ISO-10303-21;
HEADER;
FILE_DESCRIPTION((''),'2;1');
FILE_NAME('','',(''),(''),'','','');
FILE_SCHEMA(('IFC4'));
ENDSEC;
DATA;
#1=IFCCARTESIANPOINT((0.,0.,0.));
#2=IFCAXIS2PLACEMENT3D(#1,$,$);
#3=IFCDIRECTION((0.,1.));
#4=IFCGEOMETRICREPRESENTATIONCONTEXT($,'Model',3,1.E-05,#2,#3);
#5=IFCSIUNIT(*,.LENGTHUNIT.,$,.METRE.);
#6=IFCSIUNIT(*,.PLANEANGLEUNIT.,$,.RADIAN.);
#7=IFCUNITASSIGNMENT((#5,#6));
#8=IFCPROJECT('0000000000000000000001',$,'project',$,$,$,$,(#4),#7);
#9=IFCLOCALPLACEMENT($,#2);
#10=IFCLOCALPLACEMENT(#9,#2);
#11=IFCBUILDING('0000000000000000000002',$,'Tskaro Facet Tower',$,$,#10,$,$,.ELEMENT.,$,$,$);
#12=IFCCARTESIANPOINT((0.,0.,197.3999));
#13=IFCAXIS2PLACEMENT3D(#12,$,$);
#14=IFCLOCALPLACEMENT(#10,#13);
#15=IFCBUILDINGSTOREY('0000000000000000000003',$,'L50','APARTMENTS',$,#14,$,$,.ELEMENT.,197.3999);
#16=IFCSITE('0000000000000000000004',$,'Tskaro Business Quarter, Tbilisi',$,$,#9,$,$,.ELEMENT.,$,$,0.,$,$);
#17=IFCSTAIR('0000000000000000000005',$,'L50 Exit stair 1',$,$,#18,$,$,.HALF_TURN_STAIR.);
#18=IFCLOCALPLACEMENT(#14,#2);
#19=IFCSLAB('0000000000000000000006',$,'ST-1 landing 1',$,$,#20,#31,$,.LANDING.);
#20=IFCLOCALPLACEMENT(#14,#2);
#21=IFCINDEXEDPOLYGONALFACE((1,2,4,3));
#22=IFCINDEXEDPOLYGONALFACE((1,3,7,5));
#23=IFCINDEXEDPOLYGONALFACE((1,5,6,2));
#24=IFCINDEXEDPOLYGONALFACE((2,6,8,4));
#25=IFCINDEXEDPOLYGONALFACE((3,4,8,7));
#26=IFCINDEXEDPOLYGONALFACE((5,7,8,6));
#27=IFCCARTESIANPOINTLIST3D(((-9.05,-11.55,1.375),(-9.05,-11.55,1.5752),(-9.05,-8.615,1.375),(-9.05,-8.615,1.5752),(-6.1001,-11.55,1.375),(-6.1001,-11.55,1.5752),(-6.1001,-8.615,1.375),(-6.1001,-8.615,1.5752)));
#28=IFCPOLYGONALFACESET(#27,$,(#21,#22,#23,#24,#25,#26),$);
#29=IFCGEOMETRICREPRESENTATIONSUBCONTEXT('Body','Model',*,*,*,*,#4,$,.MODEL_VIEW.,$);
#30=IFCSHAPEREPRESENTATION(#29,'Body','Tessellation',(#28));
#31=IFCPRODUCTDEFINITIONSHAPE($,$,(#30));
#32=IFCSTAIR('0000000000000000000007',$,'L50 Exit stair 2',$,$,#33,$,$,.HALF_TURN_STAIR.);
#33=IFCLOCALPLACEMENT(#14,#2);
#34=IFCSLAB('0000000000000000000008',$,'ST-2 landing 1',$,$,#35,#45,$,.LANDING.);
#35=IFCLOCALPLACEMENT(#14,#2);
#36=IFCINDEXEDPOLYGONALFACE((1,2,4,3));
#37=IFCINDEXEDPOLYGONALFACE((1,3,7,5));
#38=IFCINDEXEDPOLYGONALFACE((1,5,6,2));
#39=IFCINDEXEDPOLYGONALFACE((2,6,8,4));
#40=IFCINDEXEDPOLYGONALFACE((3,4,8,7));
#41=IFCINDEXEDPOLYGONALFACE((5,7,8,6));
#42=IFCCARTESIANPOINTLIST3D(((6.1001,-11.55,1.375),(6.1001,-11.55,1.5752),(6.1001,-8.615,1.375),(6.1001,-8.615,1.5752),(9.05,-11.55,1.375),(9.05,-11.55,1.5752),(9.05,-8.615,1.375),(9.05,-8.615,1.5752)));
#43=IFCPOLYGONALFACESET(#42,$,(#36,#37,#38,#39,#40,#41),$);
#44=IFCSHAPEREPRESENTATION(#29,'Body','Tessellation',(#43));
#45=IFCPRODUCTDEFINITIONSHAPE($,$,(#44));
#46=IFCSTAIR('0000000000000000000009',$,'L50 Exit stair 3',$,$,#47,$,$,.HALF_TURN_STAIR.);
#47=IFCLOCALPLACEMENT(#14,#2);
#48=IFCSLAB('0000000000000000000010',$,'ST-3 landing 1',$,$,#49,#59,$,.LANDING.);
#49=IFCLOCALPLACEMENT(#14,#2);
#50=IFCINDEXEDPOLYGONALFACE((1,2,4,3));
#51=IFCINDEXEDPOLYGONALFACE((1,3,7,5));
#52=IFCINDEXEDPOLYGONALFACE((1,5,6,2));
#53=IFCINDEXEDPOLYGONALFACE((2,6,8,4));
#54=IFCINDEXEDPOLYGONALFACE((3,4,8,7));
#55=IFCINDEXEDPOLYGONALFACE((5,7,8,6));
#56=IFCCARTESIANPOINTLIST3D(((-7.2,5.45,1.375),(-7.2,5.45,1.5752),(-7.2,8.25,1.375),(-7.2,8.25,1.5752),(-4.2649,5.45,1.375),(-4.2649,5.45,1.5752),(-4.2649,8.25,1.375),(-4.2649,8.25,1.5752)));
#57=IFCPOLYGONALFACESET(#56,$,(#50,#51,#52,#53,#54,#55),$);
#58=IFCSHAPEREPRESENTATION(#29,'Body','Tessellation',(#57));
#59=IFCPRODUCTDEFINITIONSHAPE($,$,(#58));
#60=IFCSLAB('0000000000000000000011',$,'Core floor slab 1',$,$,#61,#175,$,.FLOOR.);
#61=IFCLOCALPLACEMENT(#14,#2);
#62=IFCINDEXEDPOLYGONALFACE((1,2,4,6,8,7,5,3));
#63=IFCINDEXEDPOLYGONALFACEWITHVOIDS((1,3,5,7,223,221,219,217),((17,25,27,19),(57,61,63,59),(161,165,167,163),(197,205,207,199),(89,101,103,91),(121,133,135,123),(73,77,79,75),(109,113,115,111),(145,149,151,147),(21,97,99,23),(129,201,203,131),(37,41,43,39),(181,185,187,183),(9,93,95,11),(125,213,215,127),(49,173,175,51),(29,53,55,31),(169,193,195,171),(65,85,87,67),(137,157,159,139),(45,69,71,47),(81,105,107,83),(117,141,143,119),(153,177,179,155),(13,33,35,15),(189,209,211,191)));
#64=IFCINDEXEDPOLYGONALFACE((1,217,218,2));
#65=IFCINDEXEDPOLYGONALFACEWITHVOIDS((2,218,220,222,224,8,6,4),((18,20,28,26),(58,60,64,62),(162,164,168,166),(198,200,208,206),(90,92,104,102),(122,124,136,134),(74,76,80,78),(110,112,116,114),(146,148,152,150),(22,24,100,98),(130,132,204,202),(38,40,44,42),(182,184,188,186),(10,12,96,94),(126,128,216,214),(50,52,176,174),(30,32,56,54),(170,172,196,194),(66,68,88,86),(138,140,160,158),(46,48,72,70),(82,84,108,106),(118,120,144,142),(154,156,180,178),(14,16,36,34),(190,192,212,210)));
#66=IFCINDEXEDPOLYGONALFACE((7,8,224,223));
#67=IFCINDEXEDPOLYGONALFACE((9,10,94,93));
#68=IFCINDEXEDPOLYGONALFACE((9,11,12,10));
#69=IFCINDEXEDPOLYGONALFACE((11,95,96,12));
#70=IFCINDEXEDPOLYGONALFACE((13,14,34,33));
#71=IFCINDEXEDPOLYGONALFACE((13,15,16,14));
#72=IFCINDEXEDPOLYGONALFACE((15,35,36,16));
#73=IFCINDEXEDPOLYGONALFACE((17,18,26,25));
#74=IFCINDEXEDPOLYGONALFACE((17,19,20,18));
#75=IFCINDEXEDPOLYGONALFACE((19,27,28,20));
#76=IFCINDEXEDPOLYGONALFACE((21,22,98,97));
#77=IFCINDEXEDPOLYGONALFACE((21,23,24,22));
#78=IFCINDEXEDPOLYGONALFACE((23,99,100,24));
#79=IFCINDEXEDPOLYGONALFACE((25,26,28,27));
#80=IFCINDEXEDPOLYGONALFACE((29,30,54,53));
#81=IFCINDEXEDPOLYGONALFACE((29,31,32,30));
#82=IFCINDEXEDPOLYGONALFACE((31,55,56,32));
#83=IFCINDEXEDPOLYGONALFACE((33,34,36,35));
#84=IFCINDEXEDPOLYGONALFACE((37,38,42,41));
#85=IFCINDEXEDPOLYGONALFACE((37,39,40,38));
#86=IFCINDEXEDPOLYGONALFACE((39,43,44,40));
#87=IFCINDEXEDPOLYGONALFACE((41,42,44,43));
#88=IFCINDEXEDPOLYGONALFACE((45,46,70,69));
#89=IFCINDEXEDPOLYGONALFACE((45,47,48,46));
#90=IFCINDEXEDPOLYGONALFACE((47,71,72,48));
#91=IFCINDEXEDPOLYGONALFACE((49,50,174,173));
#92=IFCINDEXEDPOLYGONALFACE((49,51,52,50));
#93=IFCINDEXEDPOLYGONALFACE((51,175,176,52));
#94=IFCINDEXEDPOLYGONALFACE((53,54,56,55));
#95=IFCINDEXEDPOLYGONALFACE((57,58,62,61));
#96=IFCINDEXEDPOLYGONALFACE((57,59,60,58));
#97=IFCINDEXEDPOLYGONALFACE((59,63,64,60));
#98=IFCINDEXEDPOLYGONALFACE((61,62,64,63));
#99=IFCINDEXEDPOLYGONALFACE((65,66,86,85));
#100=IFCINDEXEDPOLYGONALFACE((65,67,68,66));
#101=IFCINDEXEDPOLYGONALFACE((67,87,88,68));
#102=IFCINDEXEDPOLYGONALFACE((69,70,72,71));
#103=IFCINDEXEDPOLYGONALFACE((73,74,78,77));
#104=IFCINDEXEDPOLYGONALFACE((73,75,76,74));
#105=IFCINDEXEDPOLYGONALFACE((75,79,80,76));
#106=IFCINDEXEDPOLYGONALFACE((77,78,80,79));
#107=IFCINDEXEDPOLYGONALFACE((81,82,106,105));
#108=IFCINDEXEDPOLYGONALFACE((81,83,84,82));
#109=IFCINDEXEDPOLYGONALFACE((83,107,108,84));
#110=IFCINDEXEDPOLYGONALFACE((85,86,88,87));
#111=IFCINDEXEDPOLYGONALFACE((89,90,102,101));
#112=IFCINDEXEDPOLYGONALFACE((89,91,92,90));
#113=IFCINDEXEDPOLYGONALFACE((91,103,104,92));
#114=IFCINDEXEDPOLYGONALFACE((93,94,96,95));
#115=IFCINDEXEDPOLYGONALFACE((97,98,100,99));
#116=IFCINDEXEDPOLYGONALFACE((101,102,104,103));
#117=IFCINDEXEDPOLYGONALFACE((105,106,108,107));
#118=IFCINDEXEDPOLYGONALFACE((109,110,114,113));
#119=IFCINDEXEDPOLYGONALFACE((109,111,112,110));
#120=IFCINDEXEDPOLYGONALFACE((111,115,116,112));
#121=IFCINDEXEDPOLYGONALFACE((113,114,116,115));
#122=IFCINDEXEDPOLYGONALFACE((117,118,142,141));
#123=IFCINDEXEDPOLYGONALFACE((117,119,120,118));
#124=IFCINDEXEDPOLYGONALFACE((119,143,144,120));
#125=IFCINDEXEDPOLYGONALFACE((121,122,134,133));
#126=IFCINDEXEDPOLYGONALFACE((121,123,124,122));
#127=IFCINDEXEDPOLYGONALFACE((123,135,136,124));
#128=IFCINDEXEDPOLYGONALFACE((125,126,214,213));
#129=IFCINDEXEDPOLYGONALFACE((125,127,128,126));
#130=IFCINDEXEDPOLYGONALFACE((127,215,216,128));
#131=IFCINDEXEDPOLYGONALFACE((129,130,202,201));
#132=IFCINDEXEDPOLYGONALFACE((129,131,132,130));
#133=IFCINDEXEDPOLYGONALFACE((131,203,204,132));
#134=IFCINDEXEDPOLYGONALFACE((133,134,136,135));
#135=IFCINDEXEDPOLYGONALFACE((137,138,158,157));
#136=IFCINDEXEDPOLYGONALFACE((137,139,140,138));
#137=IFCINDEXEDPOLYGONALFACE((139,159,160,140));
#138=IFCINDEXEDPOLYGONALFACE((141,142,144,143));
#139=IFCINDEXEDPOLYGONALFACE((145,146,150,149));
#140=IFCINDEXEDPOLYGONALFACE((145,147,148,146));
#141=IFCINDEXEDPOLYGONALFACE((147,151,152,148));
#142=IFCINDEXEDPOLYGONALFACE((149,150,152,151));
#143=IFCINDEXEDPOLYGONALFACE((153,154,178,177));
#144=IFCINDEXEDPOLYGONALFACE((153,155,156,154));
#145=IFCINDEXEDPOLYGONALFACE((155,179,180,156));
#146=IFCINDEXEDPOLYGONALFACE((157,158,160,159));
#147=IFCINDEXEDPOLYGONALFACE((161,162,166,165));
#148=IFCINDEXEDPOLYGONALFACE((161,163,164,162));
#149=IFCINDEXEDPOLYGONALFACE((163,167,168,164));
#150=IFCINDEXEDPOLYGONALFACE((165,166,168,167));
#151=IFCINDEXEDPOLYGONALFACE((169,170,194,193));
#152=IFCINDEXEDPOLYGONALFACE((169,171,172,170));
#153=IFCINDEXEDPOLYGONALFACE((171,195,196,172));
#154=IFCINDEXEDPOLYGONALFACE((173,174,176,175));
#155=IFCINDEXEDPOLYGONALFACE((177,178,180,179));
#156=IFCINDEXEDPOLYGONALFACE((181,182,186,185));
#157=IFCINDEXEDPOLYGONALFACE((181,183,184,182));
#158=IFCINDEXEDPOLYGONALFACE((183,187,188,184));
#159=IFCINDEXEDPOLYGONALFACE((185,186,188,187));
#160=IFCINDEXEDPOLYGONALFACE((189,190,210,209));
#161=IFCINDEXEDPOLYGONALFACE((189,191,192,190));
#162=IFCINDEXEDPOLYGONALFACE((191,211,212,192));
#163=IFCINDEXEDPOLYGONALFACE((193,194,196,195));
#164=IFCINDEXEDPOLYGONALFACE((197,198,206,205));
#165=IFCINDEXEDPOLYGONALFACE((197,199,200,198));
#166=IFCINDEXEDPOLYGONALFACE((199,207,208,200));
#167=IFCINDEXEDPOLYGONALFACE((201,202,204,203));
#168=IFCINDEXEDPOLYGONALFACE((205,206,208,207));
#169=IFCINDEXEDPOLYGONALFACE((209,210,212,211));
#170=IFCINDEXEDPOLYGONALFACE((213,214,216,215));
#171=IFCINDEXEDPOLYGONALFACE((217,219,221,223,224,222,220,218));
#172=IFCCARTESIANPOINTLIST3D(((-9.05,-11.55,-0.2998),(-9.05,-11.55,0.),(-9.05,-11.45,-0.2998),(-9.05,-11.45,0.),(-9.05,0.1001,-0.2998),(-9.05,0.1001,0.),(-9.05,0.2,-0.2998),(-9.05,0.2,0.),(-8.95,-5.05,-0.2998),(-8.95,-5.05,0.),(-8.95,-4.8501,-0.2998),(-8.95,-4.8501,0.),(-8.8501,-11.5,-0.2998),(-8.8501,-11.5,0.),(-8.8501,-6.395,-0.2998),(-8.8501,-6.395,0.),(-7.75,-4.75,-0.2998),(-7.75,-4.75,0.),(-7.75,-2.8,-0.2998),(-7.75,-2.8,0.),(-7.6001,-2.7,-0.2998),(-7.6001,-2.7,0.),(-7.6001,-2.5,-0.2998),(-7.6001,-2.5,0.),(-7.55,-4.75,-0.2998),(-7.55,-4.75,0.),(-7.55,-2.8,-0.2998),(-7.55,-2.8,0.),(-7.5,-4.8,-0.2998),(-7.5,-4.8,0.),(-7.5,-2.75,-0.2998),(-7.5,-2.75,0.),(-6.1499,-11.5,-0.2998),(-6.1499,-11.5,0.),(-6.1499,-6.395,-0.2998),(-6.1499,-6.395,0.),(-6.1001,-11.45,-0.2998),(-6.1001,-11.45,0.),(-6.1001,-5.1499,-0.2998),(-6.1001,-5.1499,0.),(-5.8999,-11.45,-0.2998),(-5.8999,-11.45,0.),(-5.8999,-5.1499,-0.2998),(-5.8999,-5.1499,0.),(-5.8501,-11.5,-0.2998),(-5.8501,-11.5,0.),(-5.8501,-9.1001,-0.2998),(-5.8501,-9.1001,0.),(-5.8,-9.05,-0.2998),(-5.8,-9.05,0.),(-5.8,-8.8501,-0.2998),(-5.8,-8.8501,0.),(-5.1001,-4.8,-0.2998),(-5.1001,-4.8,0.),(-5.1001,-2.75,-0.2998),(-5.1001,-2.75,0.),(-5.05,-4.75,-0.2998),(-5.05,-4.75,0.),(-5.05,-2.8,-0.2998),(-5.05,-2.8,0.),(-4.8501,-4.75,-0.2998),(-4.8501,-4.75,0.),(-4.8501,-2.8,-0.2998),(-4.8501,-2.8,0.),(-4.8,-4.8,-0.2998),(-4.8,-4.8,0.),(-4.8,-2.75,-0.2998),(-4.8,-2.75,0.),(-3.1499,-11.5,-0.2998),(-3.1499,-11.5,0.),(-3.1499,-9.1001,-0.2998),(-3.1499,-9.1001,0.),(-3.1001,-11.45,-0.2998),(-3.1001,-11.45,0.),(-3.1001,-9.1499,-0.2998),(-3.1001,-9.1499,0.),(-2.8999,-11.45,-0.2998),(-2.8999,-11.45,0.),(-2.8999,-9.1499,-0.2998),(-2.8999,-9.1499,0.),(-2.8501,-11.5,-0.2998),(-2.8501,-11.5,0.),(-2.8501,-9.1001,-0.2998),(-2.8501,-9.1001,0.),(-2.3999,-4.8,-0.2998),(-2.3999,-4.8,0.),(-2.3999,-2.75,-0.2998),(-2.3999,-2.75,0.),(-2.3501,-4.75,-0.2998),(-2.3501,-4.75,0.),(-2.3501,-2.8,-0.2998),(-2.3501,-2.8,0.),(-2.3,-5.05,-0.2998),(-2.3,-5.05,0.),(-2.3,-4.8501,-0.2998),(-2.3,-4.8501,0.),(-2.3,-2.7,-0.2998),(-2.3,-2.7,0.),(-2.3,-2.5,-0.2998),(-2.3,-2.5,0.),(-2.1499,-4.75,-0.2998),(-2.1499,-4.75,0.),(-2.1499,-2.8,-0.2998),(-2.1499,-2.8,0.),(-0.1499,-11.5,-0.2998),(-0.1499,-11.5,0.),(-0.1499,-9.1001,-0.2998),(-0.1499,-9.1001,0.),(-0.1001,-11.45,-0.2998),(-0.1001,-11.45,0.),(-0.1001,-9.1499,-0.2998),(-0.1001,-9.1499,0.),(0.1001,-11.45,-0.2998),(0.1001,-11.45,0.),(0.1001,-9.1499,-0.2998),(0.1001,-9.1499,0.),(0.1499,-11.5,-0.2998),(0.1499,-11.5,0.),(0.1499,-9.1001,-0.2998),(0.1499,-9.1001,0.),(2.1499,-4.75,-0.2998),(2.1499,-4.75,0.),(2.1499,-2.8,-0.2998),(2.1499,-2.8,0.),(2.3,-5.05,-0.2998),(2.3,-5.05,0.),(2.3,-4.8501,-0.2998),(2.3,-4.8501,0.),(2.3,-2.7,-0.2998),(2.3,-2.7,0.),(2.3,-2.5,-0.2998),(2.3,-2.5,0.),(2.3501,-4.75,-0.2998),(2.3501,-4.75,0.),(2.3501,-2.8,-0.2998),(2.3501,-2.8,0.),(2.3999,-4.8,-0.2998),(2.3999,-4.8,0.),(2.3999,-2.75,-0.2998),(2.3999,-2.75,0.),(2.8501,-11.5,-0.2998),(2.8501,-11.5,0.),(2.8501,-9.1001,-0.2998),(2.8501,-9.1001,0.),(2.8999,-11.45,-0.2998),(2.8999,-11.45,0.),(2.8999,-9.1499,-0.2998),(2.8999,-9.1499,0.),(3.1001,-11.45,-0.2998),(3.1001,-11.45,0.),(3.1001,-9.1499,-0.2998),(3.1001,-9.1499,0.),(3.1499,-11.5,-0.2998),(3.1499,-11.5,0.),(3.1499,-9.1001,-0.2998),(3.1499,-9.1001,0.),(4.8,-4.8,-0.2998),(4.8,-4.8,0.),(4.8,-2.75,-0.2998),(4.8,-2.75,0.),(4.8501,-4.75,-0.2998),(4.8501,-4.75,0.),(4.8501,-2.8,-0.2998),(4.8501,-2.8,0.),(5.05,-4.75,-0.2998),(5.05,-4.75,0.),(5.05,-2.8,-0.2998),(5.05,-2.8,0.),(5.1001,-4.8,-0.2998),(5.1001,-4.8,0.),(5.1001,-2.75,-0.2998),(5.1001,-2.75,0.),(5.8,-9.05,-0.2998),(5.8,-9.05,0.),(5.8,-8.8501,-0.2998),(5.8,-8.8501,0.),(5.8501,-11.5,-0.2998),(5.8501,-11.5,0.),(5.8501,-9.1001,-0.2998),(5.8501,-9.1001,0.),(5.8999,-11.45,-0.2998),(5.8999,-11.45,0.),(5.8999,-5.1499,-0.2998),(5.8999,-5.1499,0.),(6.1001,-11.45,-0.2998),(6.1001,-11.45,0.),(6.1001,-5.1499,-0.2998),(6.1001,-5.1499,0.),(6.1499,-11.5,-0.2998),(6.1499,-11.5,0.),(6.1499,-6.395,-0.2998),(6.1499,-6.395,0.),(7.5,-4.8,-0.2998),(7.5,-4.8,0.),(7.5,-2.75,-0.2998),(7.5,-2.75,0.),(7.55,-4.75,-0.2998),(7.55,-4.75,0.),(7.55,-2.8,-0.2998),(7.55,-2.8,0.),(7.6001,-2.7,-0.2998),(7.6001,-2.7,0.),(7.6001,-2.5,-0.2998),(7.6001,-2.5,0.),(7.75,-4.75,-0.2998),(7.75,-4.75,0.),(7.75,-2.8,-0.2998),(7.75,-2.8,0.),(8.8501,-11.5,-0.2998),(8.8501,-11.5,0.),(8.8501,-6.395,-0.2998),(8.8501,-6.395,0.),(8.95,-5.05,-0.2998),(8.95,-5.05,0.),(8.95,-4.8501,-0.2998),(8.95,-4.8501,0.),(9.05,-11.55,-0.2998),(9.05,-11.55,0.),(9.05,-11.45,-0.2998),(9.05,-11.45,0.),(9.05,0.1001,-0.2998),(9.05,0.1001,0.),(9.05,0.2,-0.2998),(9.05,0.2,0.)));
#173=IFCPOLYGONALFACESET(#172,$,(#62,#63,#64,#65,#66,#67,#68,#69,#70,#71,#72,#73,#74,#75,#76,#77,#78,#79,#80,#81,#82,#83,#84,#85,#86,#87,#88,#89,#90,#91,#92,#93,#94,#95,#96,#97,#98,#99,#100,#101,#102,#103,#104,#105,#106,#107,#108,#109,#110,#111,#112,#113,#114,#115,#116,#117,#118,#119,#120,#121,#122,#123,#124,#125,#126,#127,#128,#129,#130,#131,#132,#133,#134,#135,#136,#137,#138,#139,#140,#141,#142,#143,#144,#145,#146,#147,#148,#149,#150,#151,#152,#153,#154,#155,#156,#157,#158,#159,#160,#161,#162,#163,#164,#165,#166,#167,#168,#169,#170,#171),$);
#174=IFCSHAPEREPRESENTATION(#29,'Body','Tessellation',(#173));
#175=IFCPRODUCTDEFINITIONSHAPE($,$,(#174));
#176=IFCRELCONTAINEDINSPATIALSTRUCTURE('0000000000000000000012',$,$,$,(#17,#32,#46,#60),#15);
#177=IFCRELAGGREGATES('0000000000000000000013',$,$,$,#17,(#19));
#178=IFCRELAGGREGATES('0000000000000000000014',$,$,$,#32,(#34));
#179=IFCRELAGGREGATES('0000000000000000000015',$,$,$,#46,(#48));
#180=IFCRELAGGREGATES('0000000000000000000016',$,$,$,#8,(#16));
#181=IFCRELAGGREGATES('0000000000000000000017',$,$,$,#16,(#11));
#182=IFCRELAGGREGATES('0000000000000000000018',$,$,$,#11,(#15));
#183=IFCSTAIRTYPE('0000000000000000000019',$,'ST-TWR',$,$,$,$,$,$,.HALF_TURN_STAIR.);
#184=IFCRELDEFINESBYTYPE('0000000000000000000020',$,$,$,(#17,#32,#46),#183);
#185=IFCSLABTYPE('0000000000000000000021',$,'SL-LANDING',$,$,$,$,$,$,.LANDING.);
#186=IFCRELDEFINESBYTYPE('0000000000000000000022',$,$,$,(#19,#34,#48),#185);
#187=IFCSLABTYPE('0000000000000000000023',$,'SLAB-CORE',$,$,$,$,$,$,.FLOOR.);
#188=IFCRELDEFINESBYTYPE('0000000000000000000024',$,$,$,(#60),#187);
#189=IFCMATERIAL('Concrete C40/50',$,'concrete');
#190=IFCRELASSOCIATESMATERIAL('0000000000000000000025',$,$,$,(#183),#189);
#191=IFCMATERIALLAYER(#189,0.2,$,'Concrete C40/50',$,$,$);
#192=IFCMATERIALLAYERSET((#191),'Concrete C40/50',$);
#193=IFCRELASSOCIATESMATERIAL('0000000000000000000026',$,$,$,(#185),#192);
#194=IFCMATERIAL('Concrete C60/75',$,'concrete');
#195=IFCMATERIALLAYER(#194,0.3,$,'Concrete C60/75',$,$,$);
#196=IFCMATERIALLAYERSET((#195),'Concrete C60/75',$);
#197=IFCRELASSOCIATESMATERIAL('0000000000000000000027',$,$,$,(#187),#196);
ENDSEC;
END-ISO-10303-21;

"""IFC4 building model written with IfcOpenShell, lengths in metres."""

from ifc_helpers import new_model, si_unit, direction, frame, origin, place, context, subcontext, project, spatial, polyline, outline, extrude, material, layer, layer_set, type_object, element, aggregate, save


model = new_model("IFC4")

# Units and contexts
model_context = context("Model", 3, precision=1e-05, world=origin(), true_north=direction((0.0, 1.0)))
body_context = subcontext(model_context, "Body", "Model", "MODEL_VIEW")
ifc_project = project(units=[si_unit("LENGTHUNIT", "METRE"), si_unit("PLANEANGLEUNIT", "RADIAN")], contexts=[model_context])

# Site, building, storey
site_placement = place(None, origin())
site = spatial("IfcSite", under=ifc_project, at=site_placement, Name="Tskaro Business Quarter, Tbilisi", CompositionType="ELEMENT", RefElevation=0.0)
building_placement = place(site_placement, origin())
building = spatial("IfcBuilding", under=site, at=building_placement, Name="Tskaro Facet Tower", CompositionType="ELEMENT")
storey_placement = place(building_placement, frame((0.0, 0.0, 197.3999)))
storey = spatial("IfcBuildingStorey", under=building, at=storey_placement, Name="L50", Description="APARTMENTS", CompositionType="ELEMENT", Elevation=197.3999)

# Stairs, slabs
ifc_material_1 = material(Name="Concrete C40/50", Category="concrete")
stair_type = type_object("IfcStairType", Name="ST-TWR", PredefinedType="HALF_TURN_STAIR", material=ifc_material_1)
stair_1_placement = place(storey_placement, origin())
stair_1 = element("IfcStair", 1, at=stair_1_placement, inside=storey, type_object=stair_type, Name="L50 Exit stair 1", PredefinedType="HALF_TURN_STAIR")
ifc_layer_1 = layer(ifc_material_1, 0.2, Name="Concrete C40/50")
ifc_layer_set_1 = layer_set([ifc_layer_1], Name="Concrete C40/50")
slab_type_1 = type_object("IfcSlabType", Name="SL-LANDING", PredefinedType="LANDING", material=ifc_layer_set_1)
slab_1_placement = place(storey_placement, frame((0.0, 0.0, 1.375)))
slab_1 = element("IfcSlab", 2, at=slab_1_placement, type_object=slab_type_1, Name="ST-1 landing 1", PredefinedType="LANDING", context=body_context, shape_type="SweptSolid", body=[
    extrude(outline(polyline([(-9.05, -11.55), (-6.1001, -11.55), (-6.1001, -8.615), (-9.05, -8.615), (-9.05, -11.55)])), origin(), (0.0, 0.0, 1.0), 0.2002),
])
aggregate(stair_1, [slab_1])
stair_2_placement = place(storey_placement, origin())
stair_2 = element("IfcStair", 3, at=stair_2_placement, inside=storey, type_object=stair_type, Name="L50 Exit stair 2", PredefinedType="HALF_TURN_STAIR")
slab_2_placement = place(storey_placement, frame((0.0, 0.0, 1.375)))
slab_2 = element("IfcSlab", 4, at=slab_2_placement, type_object=slab_type_1, Name="ST-2 landing 1", PredefinedType="LANDING", context=body_context, shape_type="SweptSolid", body=[
    extrude(outline(polyline([(6.1001, -11.55), (9.05, -11.55), (9.05, -8.615), (6.1001, -8.615), (6.1001, -11.55)])), origin(), (0.0, 0.0, 1.0), 0.2002),
])
aggregate(stair_2, [slab_2])
stair_3_placement = place(storey_placement, origin())
stair_3 = element("IfcStair", 5, at=stair_3_placement, inside=storey, type_object=stair_type, Name="L50 Exit stair 3", PredefinedType="HALF_TURN_STAIR")
slab_3_placement = place(storey_placement, frame((0.0, 0.0, 1.375)))
slab_3 = element("IfcSlab", 6, at=slab_3_placement, type_object=slab_type_1, Name="ST-3 landing 1", PredefinedType="LANDING", context=body_context, shape_type="SweptSolid", body=[
    extrude(outline(polyline([(-7.2, 5.45), (-4.2649, 5.45), (-4.2649, 8.25), (-7.2, 8.25), (-7.2, 5.45)])), origin(), (0.0, 0.0, 1.0), 0.2002),
])

# Slab
ifc_material_2 = material(Name="Concrete C60/75", Category="concrete")
ifc_layer_2 = layer(ifc_material_2, 0.3, Name="Concrete C60/75")
ifc_layer_set_2 = layer_set([ifc_layer_2], Name="Concrete C60/75")
slab_type_2 = type_object("IfcSlabType", Name="SLAB-CORE", PredefinedType="FLOOR", material=ifc_layer_set_2)
slab_4_placement = place(storey_placement, frame((0.0, 0.0, -0.2998)))
element("IfcSlab", 7, at=slab_4_placement, inside=storey, type_object=slab_type_2, Name="Core floor slab 1", PredefinedType="FLOOR", context=body_context, shape_type="SweptSolid", body=[
    extrude(outline(polyline([(-9.05, 0.2), (9.05, 0.2), (9.05, 0.1001), (9.05, -11.45), (9.05, -11.55), (-9.05, -11.55), (-9.05, -11.45), (-9.05, 0.1001), (-9.05, 0.2)]), holes=[polyline([(-5.8501, -9.1001), (-5.8501, -11.5), (-3.1499, -11.5), (-3.1499, -9.1001), (-5.8501, -9.1001)]), polyline([(-3.1001, -11.45), (-2.8999, -11.45), (-2.8999, -9.1499), (-3.1001, -9.1499), (-3.1001, -11.45)]), polyline([(-2.8501, -9.1001), (-2.8501, -11.5), (-0.1499, -11.5), (-0.1499, -9.1001), (-2.8501, -9.1001)]), polyline([(-6.1001, -11.45), (-5.8999, -11.45), (-5.8999, -5.1499), (-6.1001, -5.1499), (-6.1001, -11.45)]), polyline([(-8.95, -5.05), (-2.3, -5.05), (-2.3, -4.8501), (-8.95, -4.8501), (-8.95, -5.05)]), polyline([(-7.75, -4.75), (-7.55, -4.75), (-7.55, -2.8), (-7.75, -2.8), (-7.75, -4.75)]), polyline([(-5.1001, -2.75), (-7.5, -2.75), (-7.5, -4.8), (-5.1001, -4.8), (-5.1001, -2.75)]), polyline([(-5.05, -4.75), (-4.8501, -4.75), (-4.8501, -2.8), (-5.05, -2.8), (-5.05, -4.75)]), polyline([(-2.3999, -2.75), (-4.8, -2.75), (-4.8, -4.8), (-2.3999, -4.8), (-2.3999, -2.75)]), polyline([(-2.3501, -4.75), (-2.1499, -4.75), (-2.1499, -2.8), (-2.3501, -2.8), (-2.3501, -4.75)]), polyline([(-7.6001, -2.7), (-2.3, -2.7), (-2.3, -2.5), (-7.6001, -2.5), (-7.6001, -2.7)]), polyline([(-0.1001, -11.45), (0.1001, -11.45), (0.1001, -9.1499), (-0.1001, -9.1499), (-0.1001, -11.45)]), polyline([(0.1499, -9.1001), (0.1499, -11.5), (2.8501, -11.5), (2.8501, -9.1001), (0.1499, -9.1001)]), polyline([(2.8999, -11.45), (3.1001, -11.45), (3.1001, -9.1499), (2.8999, -9.1499), (2.8999, -11.45)]), polyline([(3.1499, -9.1001), (3.1499, -11.5), (5.8501, -11.5), (5.8501, -9.1001), (3.1499, -9.1001)]), polyline([(-5.8, -9.05), (5.8, -9.05), (5.8, -8.8501), (-5.8, -8.8501), (-5.8, -9.05)]), polyline([(5.8999, -11.45), (6.1001, -11.45), (6.1001, -5.1499), (5.8999, -5.1499), (5.8999, -11.45)]), polyline([(2.3, -5.05), (8.95, -5.05), (8.95, -4.8501), (2.3, -4.8501), (2.3, -5.05)]), polyline([(2.1499, -4.75), (2.3501, -4.75), (2.3501, -2.8), (2.1499, -2.8), (2.1499, -4.75)]), polyline([(4.8, -2.75), (2.3999, -2.75), (2.3999, -4.8), (4.8, -4.8), (4.8, -2.75)]), polyline([(4.8501, -4.75), (5.05, -4.75), (5.05, -2.8), (4.8501, -2.8), (4.8501, -4.75)]), polyline([(7.5, -2.75), (5.1001, -2.75), (5.1001, -4.8), (7.5, -4.8), (7.5, -2.75)]), polyline([(7.55, -4.75), (7.75, -4.75), (7.75, -2.8), (7.55, -2.8), (7.55, -4.75)]), polyline([(2.3, -2.7), (7.6001, -2.7), (7.6001, -2.5), (2.3, -2.5), (2.3, -2.7)]), polyline([(-8.8501, -11.5), (-6.1499, -11.5), (-6.1499, -6.395), (-8.8501, -6.395), (-8.8501, -11.5)]), polyline([(6.1499, -6.395), (6.1499, -11.5), (8.8501, -11.5), (8.8501, -6.395), (6.1499, -6.395)])]), origin(), (0.0, 0.0, 1.0), 0.2998),
])

aggregate(stair_3, [slab_3])

save(model, "model.ifc")
